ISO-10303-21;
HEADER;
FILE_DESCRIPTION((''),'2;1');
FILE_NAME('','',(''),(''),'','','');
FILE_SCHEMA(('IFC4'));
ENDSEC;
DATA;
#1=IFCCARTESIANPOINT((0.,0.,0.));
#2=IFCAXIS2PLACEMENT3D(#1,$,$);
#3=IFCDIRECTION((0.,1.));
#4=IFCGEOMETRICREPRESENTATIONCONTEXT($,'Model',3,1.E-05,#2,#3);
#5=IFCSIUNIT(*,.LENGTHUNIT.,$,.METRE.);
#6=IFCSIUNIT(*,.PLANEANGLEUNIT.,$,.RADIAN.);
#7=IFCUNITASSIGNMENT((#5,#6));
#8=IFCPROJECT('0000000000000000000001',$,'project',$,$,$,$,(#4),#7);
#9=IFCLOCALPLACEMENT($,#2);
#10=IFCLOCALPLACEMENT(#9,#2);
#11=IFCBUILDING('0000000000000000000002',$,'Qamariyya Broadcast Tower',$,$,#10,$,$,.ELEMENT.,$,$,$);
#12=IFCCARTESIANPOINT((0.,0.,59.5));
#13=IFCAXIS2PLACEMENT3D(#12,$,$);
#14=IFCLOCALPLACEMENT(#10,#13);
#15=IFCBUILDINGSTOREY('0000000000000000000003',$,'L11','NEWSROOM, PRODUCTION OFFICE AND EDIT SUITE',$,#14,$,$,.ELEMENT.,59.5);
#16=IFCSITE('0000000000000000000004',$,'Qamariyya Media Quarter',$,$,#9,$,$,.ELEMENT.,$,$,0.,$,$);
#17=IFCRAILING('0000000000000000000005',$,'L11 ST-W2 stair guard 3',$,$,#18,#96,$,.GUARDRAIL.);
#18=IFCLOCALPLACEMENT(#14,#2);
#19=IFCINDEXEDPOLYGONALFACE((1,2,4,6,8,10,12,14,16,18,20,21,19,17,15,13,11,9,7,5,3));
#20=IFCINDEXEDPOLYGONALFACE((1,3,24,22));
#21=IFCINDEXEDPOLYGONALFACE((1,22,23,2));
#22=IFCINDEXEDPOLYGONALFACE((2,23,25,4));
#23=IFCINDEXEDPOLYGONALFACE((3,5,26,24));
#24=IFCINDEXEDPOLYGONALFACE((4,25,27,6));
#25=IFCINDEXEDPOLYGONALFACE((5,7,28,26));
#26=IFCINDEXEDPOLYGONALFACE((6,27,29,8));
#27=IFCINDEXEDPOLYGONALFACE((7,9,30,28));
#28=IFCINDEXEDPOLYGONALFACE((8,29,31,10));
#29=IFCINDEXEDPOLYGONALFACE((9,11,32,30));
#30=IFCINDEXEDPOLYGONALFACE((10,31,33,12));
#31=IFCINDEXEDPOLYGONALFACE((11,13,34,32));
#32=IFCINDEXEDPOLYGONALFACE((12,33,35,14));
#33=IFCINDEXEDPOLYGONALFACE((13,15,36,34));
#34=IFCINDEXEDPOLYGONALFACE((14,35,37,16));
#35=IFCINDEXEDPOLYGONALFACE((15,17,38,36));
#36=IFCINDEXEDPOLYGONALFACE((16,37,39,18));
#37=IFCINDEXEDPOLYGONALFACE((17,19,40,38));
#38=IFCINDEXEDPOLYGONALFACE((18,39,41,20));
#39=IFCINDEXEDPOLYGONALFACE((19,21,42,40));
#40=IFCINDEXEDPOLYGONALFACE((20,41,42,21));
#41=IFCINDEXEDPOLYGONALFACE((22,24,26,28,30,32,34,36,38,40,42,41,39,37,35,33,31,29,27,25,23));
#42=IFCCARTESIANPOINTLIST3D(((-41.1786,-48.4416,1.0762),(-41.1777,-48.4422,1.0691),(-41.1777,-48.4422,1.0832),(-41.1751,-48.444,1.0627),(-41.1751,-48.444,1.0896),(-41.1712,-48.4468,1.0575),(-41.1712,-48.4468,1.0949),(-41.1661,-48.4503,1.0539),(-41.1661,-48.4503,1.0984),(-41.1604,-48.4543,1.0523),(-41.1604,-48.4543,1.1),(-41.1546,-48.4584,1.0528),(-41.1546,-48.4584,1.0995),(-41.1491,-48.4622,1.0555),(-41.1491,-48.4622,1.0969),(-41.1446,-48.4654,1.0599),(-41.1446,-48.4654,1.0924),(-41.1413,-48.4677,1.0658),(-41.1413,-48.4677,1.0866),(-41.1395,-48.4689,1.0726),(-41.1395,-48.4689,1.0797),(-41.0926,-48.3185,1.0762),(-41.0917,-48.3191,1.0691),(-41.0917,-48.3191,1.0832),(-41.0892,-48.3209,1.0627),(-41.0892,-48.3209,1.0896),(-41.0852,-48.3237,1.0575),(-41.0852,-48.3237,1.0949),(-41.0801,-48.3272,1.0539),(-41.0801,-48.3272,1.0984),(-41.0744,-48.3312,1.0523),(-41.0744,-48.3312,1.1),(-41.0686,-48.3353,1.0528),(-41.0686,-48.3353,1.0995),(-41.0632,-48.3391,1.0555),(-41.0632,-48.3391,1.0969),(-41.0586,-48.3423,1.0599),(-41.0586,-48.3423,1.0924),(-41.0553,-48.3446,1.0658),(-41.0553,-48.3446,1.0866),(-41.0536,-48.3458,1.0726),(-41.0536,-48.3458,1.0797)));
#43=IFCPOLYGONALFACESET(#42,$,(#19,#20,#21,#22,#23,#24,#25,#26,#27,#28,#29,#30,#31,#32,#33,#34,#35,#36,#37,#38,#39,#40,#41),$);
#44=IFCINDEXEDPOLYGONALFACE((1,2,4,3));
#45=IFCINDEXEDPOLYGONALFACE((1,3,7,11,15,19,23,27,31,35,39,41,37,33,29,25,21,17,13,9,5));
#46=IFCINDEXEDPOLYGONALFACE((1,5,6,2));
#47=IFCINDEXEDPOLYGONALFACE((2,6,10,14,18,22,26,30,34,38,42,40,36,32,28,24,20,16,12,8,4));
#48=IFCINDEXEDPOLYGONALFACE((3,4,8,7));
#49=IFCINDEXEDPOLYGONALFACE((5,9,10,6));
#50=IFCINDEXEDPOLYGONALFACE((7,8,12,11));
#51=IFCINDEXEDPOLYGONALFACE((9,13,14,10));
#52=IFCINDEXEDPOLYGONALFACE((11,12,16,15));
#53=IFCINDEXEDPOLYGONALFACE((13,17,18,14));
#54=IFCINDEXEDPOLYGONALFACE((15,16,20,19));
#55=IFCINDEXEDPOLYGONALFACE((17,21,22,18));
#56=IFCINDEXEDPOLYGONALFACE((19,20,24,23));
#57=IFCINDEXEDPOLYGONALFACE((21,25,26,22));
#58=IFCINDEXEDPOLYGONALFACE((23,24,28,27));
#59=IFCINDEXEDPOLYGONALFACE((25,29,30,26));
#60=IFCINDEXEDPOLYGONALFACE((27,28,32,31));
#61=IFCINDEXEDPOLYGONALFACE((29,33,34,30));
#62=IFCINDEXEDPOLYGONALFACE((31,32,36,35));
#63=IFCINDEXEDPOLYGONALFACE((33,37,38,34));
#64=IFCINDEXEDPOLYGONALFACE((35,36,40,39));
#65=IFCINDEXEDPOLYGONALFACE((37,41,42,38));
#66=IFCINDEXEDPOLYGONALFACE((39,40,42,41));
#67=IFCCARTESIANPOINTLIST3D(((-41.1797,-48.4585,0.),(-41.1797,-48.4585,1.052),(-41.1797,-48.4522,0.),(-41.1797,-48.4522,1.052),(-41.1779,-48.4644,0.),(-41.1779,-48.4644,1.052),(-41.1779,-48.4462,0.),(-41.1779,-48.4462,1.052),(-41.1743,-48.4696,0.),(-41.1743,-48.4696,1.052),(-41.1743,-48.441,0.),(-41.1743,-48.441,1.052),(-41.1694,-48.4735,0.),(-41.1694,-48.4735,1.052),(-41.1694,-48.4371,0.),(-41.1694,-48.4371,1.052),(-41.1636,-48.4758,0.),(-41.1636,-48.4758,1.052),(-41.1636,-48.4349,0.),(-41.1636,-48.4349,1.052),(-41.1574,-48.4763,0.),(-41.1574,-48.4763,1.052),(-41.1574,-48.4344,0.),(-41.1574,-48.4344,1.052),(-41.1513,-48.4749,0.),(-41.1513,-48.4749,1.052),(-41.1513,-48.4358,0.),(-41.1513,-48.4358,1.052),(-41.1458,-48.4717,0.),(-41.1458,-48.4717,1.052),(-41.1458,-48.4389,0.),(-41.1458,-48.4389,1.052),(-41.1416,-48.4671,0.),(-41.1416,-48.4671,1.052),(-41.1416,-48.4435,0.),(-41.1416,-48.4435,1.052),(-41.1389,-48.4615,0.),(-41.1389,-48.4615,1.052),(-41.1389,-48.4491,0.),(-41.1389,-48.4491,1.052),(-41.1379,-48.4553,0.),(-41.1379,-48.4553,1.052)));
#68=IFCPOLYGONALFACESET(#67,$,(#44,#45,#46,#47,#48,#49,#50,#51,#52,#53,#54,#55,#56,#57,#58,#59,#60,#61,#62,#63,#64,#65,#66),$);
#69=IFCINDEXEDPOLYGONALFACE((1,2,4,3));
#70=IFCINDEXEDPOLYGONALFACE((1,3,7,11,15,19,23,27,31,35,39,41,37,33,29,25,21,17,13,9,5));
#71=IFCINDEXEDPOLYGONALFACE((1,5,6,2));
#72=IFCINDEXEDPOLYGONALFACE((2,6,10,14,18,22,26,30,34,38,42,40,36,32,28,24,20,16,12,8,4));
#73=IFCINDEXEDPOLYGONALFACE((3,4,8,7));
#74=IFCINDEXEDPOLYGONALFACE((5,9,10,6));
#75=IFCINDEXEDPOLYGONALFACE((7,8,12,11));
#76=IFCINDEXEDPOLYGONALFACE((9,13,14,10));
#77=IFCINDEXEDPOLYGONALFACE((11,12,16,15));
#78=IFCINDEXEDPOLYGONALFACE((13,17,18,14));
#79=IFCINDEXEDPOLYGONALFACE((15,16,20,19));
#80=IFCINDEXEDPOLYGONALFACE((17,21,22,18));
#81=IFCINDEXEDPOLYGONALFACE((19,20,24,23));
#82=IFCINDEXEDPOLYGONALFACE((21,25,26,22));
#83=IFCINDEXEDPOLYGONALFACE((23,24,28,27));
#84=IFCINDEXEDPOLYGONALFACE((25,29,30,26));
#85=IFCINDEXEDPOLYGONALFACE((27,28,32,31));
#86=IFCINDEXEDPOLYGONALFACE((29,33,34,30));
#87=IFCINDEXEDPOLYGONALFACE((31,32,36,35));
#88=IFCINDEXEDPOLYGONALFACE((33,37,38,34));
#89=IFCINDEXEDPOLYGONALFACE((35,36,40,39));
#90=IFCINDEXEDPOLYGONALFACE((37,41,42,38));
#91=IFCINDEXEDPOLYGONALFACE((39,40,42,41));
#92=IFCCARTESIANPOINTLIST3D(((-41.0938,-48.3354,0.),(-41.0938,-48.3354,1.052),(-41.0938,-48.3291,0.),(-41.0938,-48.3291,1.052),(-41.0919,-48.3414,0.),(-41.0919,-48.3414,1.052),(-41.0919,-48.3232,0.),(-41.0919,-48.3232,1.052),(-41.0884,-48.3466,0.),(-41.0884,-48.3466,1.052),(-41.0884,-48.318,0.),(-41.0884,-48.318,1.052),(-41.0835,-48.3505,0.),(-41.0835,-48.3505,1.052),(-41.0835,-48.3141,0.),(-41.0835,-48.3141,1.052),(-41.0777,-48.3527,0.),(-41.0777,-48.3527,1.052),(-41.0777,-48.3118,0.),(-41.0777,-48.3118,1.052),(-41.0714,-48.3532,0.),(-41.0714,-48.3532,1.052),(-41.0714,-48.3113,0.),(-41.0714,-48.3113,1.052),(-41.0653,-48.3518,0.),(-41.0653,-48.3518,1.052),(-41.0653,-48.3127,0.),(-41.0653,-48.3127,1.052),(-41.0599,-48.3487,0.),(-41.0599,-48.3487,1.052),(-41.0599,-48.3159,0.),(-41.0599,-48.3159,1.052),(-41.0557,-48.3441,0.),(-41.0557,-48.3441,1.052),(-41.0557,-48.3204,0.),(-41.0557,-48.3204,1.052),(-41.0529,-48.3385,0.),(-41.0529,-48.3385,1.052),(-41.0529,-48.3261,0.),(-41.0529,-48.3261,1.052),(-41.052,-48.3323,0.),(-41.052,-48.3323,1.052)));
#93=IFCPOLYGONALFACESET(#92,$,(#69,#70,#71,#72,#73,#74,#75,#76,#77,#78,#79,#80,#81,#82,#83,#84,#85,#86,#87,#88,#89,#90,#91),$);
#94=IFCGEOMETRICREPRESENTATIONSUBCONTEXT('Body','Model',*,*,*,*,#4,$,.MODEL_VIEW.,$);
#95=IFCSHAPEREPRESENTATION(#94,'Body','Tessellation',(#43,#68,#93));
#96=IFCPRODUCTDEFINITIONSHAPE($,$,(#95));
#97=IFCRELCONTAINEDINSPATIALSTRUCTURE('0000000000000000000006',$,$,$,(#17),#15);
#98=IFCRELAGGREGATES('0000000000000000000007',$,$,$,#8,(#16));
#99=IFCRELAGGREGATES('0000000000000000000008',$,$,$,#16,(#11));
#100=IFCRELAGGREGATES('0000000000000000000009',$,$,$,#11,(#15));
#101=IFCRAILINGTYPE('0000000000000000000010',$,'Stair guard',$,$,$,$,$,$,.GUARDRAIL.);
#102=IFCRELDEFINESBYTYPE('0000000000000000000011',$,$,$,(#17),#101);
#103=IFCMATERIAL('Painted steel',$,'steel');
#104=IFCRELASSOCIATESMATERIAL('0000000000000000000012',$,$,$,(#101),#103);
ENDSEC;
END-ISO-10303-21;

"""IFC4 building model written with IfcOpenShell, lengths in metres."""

from ifc_helpers import new_model, si_unit, direction, frame, origin, origin_2d, place, context, subcontext, project, spatial, circle, extrude, material, type_object, element, save


model = new_model("IFC4")

# Units and contexts
model_context = context("Model", 3, precision=1e-05, world=origin(), true_north=direction((0.0, 1.0)))
body_context = subcontext(model_context, "Body", "Model", "MODEL_VIEW")
ifc_project = project(units=[si_unit("LENGTHUNIT", "METRE"), si_unit("PLANEANGLEUNIT", "RADIAN")], contexts=[model_context])

# Site, building, storey
site_placement = place(None, origin())
site = spatial("IfcSite", under=ifc_project, at=site_placement, Name="Qamariyya Media Quarter", CompositionType="ELEMENT", RefElevation=0.0)
building_placement = place(site_placement, origin())
building = spatial("IfcBuilding", under=site, at=building_placement, Name="Qamariyya Broadcast Tower", CompositionType="ELEMENT")
storey_placement = place(building_placement, frame((0.0, 0.0, 59.5)))
storey = spatial("IfcBuildingStorey", under=building, at=storey_placement, Name="L11", Description="NEWSROOM, PRODUCTION OFFICE AND EDIT SUITE", CompositionType="ELEMENT", Elevation=59.5)

# Railing
ifc_material_1 = material(Name="Painted steel", Category="steel")
railing_type_1 = type_object("IfcRailingType", Name="Stair guard", PredefinedType="GUARDRAIL", material=ifc_material_1)
railing_1_placement = place(storey_placement, frame((-41.1589, -48.4553, 0.0)))
element("IfcRailing", 1, at=railing_1_placement, inside=storey, type_object=railing_type_1, Name="L11 ST-W2 stair guard 3", PredefinedType="GUARDRAIL", context=body_context, shape_type="SweptSolid", body=[
    extrude(circle(Radius=0.0239, at=origin_2d()), frame((0.0, 0.0, 1.0762), z_axis=(0.572589, 0.819843, 0.0), x_axis=(-0.819843, 0.572589, 0.0)), (0.0, 0.0, 1.0), 0.1501),
    extrude(circle(Radius=0.021, at=origin_2d()), origin(), (0.0, 0.0, 1.0), 1.052),
    extrude(circle(Radius=0.021, at=origin_2d()), frame((0.0859, 0.123, 0.0)), (0.0, 0.0, 1.0), 1.052),
])

save(model, "model.ifc")
